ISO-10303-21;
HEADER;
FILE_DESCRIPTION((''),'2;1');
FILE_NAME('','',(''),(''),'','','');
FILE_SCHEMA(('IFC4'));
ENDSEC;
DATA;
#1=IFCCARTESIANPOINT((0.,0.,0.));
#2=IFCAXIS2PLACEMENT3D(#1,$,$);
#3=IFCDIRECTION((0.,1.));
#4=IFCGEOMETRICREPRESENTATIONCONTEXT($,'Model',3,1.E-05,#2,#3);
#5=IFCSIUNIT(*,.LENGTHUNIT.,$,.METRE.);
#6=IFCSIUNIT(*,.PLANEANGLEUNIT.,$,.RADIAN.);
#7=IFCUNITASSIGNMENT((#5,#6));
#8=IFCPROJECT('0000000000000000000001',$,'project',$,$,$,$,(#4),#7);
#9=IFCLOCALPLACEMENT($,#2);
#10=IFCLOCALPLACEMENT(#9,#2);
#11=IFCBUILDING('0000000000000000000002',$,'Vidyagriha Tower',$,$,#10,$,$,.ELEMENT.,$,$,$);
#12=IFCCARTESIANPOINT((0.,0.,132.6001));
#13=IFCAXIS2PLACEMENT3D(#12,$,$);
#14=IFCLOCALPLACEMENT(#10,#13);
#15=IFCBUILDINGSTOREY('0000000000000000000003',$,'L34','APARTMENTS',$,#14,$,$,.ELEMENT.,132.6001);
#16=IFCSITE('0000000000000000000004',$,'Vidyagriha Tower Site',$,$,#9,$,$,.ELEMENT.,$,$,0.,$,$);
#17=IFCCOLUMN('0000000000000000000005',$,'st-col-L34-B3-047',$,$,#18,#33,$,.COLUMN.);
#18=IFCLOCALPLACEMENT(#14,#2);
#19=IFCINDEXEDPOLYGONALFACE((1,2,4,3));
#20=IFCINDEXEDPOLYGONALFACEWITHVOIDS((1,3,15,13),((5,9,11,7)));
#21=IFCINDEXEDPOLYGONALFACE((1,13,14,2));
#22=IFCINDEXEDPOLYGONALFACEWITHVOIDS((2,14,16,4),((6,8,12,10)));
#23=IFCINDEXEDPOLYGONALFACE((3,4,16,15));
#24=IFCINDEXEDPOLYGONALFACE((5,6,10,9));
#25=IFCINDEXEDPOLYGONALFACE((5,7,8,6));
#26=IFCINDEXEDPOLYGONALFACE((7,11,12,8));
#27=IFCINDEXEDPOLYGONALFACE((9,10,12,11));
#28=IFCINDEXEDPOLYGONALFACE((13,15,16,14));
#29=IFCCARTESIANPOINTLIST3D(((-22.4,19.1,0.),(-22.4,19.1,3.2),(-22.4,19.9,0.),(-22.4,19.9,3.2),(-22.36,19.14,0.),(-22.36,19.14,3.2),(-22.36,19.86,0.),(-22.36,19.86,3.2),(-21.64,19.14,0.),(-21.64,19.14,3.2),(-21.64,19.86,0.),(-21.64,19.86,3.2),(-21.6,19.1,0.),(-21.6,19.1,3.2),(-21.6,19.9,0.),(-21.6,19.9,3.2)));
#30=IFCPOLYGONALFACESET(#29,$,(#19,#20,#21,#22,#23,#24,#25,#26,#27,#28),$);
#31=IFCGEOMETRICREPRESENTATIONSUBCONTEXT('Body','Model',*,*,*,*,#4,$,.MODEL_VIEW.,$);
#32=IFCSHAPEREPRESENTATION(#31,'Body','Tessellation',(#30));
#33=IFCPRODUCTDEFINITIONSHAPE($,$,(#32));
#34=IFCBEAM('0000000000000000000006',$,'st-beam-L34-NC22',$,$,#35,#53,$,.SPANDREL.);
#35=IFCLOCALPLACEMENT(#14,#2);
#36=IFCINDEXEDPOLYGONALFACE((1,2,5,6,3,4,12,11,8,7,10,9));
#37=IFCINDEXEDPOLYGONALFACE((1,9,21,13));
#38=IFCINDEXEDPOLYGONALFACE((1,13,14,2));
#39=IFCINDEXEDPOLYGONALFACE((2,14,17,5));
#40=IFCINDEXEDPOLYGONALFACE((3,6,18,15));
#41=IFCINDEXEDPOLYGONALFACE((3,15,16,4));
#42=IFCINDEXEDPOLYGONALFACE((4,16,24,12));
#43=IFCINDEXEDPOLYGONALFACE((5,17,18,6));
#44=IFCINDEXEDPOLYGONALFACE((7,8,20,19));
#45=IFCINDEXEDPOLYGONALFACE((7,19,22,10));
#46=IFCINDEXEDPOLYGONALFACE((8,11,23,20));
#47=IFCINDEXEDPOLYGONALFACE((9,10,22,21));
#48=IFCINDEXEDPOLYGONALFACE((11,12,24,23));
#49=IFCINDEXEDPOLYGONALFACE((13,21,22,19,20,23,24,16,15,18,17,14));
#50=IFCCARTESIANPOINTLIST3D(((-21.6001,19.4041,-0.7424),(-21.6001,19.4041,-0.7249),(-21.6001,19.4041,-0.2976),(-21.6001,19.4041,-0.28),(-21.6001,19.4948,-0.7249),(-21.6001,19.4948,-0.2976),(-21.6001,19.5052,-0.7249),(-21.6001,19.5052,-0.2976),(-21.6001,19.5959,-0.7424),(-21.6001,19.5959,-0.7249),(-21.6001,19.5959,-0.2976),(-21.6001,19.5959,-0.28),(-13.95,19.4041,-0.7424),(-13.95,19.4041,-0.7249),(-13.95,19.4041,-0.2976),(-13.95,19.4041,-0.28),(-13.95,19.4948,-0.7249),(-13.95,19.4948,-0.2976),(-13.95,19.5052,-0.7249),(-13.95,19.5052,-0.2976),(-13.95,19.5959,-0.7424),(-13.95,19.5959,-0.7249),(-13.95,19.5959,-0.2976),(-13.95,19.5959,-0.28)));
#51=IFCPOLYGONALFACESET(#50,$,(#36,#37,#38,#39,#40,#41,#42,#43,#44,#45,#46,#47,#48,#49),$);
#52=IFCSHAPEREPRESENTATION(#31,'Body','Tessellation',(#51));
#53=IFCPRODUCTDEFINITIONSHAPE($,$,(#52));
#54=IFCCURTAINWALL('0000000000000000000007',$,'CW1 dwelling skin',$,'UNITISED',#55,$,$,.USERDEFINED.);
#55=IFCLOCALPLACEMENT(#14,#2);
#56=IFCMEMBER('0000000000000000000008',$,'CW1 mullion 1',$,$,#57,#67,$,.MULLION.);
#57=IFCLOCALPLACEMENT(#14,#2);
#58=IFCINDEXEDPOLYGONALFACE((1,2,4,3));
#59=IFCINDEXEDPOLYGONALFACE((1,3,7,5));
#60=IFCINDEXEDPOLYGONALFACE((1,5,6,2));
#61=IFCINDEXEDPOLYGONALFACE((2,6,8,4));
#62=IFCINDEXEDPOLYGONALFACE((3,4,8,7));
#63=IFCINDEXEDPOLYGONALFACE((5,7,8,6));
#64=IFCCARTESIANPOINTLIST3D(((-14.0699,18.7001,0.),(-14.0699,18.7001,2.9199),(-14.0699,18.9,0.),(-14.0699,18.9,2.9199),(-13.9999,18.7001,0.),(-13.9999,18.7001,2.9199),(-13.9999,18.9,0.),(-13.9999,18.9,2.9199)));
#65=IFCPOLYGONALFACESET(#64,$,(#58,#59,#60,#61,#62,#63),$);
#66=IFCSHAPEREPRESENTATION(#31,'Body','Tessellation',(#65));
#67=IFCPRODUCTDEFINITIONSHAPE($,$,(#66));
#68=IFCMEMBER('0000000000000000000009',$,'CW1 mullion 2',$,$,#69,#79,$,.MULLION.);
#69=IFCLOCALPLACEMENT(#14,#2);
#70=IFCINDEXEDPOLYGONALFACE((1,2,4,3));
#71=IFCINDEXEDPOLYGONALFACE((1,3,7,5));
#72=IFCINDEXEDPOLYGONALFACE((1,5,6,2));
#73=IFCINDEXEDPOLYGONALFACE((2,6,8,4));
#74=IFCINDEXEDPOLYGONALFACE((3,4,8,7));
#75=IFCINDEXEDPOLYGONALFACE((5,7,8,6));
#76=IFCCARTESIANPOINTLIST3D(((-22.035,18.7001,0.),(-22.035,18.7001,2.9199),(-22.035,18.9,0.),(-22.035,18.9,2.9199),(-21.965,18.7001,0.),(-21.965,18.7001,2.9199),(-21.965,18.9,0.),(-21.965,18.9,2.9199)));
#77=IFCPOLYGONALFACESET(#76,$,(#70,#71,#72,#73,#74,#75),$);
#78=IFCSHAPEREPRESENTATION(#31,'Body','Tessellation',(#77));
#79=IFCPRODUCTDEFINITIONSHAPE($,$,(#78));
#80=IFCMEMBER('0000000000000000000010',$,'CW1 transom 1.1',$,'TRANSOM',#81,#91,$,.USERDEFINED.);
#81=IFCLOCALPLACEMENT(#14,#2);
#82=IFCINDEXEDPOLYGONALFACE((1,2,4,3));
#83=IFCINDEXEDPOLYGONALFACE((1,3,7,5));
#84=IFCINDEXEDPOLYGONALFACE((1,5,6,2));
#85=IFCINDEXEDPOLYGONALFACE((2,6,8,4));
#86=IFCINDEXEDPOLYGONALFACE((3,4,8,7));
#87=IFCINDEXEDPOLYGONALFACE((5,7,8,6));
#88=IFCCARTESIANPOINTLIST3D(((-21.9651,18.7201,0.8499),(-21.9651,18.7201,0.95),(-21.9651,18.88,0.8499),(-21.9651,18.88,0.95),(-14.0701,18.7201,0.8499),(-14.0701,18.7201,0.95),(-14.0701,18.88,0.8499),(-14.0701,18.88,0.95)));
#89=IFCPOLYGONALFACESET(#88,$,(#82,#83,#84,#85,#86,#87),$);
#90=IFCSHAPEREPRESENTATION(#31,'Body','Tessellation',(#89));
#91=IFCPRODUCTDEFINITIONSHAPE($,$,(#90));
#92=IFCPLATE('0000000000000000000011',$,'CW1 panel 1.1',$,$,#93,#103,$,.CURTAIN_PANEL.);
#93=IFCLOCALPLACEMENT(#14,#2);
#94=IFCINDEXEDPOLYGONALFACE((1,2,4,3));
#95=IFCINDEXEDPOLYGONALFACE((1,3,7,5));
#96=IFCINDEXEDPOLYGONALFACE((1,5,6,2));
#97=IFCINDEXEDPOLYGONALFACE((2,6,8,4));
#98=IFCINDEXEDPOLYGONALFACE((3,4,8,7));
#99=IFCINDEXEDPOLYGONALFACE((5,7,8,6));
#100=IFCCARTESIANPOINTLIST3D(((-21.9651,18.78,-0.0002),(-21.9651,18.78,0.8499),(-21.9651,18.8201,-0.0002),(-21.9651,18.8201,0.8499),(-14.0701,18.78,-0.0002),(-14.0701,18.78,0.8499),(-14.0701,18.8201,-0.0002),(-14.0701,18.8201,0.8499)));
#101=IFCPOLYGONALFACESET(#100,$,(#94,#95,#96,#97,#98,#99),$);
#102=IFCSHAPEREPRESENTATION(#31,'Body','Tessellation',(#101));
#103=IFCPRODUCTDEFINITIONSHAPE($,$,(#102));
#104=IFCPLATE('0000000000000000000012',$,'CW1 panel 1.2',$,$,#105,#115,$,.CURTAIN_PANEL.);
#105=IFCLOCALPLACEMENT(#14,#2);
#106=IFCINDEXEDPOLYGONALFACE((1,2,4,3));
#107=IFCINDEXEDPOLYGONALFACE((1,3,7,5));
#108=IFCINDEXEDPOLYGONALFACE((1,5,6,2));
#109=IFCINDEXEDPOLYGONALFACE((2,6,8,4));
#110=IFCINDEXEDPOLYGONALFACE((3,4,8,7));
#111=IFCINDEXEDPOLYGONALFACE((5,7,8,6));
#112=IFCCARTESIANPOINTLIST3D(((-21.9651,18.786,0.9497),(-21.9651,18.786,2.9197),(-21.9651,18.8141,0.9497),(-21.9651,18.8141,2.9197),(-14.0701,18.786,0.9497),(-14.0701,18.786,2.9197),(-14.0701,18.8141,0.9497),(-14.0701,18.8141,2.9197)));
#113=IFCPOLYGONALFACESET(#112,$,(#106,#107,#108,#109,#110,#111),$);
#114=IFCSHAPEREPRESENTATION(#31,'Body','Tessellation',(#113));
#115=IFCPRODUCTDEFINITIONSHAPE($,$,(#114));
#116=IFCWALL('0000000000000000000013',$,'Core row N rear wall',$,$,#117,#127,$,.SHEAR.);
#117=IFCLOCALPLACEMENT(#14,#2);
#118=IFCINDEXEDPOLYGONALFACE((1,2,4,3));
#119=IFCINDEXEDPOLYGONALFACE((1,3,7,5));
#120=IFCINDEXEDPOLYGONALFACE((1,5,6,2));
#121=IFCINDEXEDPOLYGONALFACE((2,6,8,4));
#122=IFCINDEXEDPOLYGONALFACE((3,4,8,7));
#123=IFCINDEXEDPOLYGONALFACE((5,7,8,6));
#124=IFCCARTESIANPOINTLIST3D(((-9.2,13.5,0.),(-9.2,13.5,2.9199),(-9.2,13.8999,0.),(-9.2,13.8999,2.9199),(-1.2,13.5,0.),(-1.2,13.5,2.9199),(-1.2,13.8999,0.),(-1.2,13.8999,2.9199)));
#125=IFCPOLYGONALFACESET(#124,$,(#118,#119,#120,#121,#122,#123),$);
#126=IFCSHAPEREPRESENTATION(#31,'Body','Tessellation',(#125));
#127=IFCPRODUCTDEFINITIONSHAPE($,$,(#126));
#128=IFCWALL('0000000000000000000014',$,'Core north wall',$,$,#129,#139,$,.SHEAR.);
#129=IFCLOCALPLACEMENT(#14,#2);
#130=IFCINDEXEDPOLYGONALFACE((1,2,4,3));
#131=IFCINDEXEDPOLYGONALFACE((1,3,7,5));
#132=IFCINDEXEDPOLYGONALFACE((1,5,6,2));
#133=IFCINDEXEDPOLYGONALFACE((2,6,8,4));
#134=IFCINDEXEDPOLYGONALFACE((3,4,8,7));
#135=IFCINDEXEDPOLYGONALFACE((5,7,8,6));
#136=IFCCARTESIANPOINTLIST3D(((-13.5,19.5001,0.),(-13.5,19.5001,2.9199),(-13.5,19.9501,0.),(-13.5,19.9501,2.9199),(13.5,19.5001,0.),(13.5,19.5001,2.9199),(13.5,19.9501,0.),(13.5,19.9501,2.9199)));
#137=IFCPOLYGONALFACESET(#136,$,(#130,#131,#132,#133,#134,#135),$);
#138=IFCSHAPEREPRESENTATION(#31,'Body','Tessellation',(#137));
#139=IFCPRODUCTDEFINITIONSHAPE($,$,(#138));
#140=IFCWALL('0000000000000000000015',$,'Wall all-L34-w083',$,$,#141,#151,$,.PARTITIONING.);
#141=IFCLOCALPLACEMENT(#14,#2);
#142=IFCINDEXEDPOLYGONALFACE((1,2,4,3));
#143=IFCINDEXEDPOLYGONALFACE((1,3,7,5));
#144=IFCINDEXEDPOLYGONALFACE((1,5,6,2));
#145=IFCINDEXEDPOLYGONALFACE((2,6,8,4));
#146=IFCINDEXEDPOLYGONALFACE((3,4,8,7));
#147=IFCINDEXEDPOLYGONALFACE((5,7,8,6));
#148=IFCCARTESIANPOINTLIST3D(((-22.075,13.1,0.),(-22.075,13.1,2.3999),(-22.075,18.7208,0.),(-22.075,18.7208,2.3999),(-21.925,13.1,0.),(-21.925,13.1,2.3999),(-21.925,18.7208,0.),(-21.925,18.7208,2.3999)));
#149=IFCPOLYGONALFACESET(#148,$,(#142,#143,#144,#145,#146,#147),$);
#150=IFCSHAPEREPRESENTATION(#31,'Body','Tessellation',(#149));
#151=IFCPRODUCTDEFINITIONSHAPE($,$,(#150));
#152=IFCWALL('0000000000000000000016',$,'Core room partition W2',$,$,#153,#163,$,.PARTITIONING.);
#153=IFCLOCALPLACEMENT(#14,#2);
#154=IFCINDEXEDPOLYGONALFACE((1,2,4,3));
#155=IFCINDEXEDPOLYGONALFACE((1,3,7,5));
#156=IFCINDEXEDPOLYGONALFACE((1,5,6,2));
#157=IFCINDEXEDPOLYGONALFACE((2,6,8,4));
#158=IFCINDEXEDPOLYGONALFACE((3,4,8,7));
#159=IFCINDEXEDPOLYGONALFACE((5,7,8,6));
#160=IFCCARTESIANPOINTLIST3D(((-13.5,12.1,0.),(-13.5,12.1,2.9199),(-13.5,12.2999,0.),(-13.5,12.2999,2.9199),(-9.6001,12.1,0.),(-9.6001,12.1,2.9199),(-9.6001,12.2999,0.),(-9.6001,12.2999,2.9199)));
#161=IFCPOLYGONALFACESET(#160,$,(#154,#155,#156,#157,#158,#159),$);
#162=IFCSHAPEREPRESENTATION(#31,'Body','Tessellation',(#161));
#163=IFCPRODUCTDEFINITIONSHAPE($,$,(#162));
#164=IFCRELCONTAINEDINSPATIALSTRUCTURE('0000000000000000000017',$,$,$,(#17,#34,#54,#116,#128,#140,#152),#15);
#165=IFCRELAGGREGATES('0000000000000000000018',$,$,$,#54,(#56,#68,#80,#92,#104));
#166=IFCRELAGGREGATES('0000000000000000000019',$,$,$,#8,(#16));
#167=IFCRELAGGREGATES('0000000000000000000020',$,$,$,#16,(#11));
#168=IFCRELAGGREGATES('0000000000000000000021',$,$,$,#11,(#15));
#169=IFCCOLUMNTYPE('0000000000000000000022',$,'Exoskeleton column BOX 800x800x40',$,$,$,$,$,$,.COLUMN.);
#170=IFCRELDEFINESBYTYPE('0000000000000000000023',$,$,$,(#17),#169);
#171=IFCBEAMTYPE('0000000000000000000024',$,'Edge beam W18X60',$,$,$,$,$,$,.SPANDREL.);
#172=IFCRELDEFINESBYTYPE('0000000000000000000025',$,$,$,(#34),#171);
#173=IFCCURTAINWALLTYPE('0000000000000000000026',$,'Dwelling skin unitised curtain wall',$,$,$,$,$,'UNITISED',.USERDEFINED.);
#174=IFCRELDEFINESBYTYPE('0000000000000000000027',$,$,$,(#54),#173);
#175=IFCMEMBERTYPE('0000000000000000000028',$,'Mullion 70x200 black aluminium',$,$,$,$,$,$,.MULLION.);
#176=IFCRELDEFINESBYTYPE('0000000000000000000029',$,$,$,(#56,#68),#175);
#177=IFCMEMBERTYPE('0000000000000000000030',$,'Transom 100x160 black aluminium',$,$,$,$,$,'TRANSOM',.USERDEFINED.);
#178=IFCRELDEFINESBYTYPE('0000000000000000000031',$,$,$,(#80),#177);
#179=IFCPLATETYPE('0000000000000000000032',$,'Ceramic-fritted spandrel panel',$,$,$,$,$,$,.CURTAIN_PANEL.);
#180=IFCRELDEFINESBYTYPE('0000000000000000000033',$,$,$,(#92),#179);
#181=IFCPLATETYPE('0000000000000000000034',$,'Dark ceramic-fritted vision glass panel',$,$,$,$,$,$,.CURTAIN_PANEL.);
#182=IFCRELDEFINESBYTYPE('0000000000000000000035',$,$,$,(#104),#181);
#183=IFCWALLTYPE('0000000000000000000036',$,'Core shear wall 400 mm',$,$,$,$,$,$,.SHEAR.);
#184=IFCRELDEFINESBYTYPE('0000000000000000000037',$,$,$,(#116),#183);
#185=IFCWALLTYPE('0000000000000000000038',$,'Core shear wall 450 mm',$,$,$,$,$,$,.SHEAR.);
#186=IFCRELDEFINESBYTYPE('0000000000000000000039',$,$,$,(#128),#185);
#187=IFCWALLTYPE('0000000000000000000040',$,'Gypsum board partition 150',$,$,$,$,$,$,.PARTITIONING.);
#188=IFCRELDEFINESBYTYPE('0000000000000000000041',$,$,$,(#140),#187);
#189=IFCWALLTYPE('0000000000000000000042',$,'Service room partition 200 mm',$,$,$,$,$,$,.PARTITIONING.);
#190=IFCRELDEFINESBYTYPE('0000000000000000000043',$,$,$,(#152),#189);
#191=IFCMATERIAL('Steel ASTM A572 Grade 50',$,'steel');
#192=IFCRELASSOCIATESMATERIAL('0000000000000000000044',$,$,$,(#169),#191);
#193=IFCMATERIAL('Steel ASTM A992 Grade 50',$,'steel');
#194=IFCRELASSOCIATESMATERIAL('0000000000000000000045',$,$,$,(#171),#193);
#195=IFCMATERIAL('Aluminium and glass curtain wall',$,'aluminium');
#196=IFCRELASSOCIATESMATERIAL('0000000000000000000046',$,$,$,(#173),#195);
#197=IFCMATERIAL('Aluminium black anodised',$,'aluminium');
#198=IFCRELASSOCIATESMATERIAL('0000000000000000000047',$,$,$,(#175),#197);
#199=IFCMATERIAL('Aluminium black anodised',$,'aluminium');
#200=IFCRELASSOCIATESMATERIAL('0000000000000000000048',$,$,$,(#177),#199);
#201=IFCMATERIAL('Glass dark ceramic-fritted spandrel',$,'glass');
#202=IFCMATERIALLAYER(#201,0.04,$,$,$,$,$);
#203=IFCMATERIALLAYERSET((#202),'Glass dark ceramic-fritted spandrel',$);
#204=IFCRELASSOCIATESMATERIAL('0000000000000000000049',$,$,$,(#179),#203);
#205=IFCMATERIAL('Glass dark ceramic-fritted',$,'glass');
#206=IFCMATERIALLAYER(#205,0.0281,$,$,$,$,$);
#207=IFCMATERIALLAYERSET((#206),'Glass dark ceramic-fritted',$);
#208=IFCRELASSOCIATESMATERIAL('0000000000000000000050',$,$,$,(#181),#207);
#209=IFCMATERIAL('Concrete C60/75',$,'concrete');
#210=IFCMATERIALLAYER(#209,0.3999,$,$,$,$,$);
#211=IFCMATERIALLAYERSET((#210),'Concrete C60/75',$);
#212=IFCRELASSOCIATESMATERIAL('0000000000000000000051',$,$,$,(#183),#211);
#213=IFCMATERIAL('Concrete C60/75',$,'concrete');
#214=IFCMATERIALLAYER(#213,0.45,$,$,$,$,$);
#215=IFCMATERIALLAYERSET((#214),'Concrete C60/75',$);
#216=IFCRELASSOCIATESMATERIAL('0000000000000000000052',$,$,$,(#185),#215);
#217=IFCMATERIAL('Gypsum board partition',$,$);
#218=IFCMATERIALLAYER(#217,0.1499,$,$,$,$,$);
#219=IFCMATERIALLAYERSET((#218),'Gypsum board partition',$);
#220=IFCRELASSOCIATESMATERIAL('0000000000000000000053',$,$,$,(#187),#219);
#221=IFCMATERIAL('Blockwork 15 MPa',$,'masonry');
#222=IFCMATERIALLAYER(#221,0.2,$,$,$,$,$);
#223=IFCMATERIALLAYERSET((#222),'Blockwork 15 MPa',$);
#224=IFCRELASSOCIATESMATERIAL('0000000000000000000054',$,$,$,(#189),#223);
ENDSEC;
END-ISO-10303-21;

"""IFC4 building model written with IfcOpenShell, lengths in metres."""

from ifc_helpers import new_model, si_unit, direction, frame, frame_2d, origin, origin_2d, place, context, subcontext, project, spatial, rectangle, hollow_rectangle, i_section, extrude, material, layer, layer_set, material_profile, profile_set, type_object, element, aggregate, save


model = new_model("IFC4")

# Units and contexts
model_context = context("Model", 3, precision=1e-05, world=origin(), true_north=direction((0.0, 1.0)))
body_context = subcontext(model_context, "Body", "Model", "MODEL_VIEW")
ifc_project = project(units=[si_unit("LENGTHUNIT", "METRE"), si_unit("PLANEANGLEUNIT", "RADIAN")], contexts=[model_context])

# Site, building, storey
site_placement = place(None, origin())
site = spatial("IfcSite", under=ifc_project, at=site_placement, Name="Vidyagriha Tower Site", CompositionType="ELEMENT", RefElevation=0.0)
building_placement = place(site_placement, origin())
building = spatial("IfcBuilding", under=site, at=building_placement, Name="Vidyagriha Tower", CompositionType="ELEMENT")
storey_placement = place(building_placement, frame((0.0, 0.0, 132.6001)))
storey = spatial("IfcBuildingStorey", under=building, at=storey_placement, Name="L34", Description="APARTMENTS", CompositionType="ELEMENT", Elevation=132.6001)

# Column
ifc_material_1 = material(Name="Steel ASTM A572 Grade 50", Category="steel")
ifc_material_profile_1 = material_profile(ifc_material_1, hollow_rectangle(XDim=0.8, YDim=0.8, WallThickness=0.04, at=origin_2d()), Name="BOX 800x800x40")
ifc_profile_set_1 = profile_set([ifc_material_profile_1], Name="Steel ASTM A572 Grade 50")
column_type = type_object("IfcColumnType", Name="Exoskeleton column BOX 800x800x40", PredefinedType="COLUMN", material=ifc_profile_set_1)
column_placement = place(storey_placement, frame((-22.0, 19.5, 0.0)))
element("IfcColumn", 1, at=column_placement, inside=storey, type_object=column_type, Name="st-col-L34-B3-047", PredefinedType="COLUMN", context=body_context, shape_type="SweptSolid", body=[
    extrude(hollow_rectangle(XDim=0.8, YDim=0.8, WallThickness=0.04, at=origin_2d()), origin(), (0.0, 0.0, 1.0), 3.2),
])

# Beam
ifc_material_2 = material(Name="Steel ASTM A992 Grade 50", Category="steel")
ifc_material_profile_2 = material_profile(ifc_material_2, i_section(OverallWidth=0.1919, OverallDepth=0.4624, WebThickness=0.0105, FlangeThickness=0.0176, at=origin_2d()), Name="W18X60")
ifc_profile_set_2 = profile_set([ifc_material_profile_2], Name="Steel ASTM A992 Grade 50")
beam_type = type_object("IfcBeamType", Name="Edge beam W18X60", PredefinedType="SPANDREL", material=ifc_profile_set_2)
beam_placement = place(storey_placement, frame((-21.6001, 19.5, -0.5112), z_axis=(1.0, 0.0, 0.0), x_axis=(0.0, 1.0, 0.0)))
element("IfcBeam", 2, at=beam_placement, inside=storey, type_object=beam_type, Name="st-beam-L34-NC22", PredefinedType="SPANDREL", context=body_context, shape_type="SweptSolid", body=[
    extrude(i_section(OverallWidth=0.1919, OverallDepth=0.4624, WebThickness=0.0105, FlangeThickness=0.0176, at=origin_2d()), origin(), (0.0, 0.0, 1.0), 7.6501),
])

# Curtain wall, members, plates
ifc_material_3 = material(Name="Aluminium and glass curtain wall", Category="aluminium")
curtain_wall_type = type_object("IfcCurtainWallType", Name="Dwelling skin unitised curtain wall", ElementType="UNITISED", PredefinedType="USERDEFINED", material=ifc_material_3)
curtain_wall_placement = place(storey_placement, origin())
curtain_wall = element("IfcCurtainWall", 3, at=curtain_wall_placement, inside=storey, type_object=curtain_wall_type, Name="CW1 dwelling skin", ObjectType="UNITISED", PredefinedType="USERDEFINED")
ifc_material_4 = material(Name="Aluminium black anodised", Category="aluminium")
ifc_material_profile_3 = material_profile(ifc_material_4, rectangle(XDim=0.2, YDim=0.0701, at=origin_2d()), Name="Mullion 70x200 black aluminium")
ifc_profile_set_3 = profile_set([ifc_material_profile_3], Name="Aluminium black anodised")
member_type_1 = type_object("IfcMemberType", Name="Mullion 70x200 black aluminium", PredefinedType="MULLION", material=ifc_profile_set_3)
member_1_placement = place(storey_placement, frame((-14.0349, 18.8, 0.0), z_axis=(0.0, 0.0, 1.0), x_axis=(0.0, -1.0, 0.0)))
member_1 = element("IfcMember", 4, at=member_1_placement, type_object=member_type_1, Name="CW1 mullion 1", PredefinedType="MULLION", context=body_context, shape_type="SweptSolid", body=[
    extrude(rectangle(XDim=0.2, YDim=0.0701, at=origin_2d()), origin(), (0.0, 0.0, 1.0), 2.9199),
])
member_2_placement = place(storey_placement, frame((-22.0, 18.8, 0.0), z_axis=(0.0, 0.0, 1.0), x_axis=(0.0, -1.0, 0.0)))
member_2 = element("IfcMember", 5, at=member_2_placement, type_object=member_type_1, Name="CW1 mullion 2", PredefinedType="MULLION", context=body_context, shape_type="SweptSolid", body=[
    extrude(rectangle(XDim=0.2, YDim=0.0701, at=origin_2d()), origin(), (0.0, 0.0, 1.0), 2.9199),
])
ifc_material_5 = material(Name="Aluminium black anodised", Category="aluminium")
ifc_material_profile_4 = material_profile(ifc_material_5, rectangle(XDim=0.1599, YDim=0.1001, at=origin_2d()), Name="Transom 100x160 black aluminium")
ifc_profile_set_4 = profile_set([ifc_material_profile_4], Name="Aluminium black anodised")
member_type_2 = type_object("IfcMemberType", Name="Transom 100x160 black aluminium", ElementType="TRANSOM", PredefinedType="USERDEFINED", material=ifc_profile_set_4)
member_3_placement = place(storey_placement, frame((-14.0701, 18.8, 0.8999), z_axis=(-1.0, 0.0, 0.0), x_axis=(0.0, -1.0, 0.0)))
member_3 = element("IfcMember", 6, at=member_3_placement, type_object=member_type_2, Name="CW1 transom 1.1", ObjectType="TRANSOM", PredefinedType="USERDEFINED", context=body_context, shape_type="SweptSolid", body=[
    extrude(rectangle(XDim=0.1599, YDim=0.1001, at=origin_2d()), origin(), (0.0, 0.0, 1.0), 7.895),
])
ifc_material_6 = material(Name="Glass dark ceramic-fritted spandrel", Category="glass")
ifc_layer_1 = layer(ifc_material_6, 0.04)
ifc_layer_set_1 = layer_set([ifc_layer_1], Name="Glass dark ceramic-fritted spandrel")
plate_type_1 = type_object("IfcPlateType", Name="Ceramic-fritted spandrel panel", PredefinedType="CURTAIN_PANEL", material=ifc_layer_set_1)
plate_1_placement = place(storey_placement, frame((-18.0176, 18.8, -0.0002), z_axis=(0.0, 0.0, 1.0), x_axis=(-1.0, 0.0, 0.0)))
plate_1 = element("IfcPlate", 7, at=plate_1_placement, type_object=plate_type_1, Name="CW1 panel 1.1", PredefinedType="CURTAIN_PANEL", context=body_context, shape_type="SweptSolid", body=[
    extrude(rectangle(XDim=7.895, YDim=0.04, at=origin_2d()), origin(), (0.0, 0.0, 1.0), 0.8501),
])
ifc_material_7 = material(Name="Glass dark ceramic-fritted", Category="glass")
ifc_layer_2 = layer(ifc_material_7, 0.0281)
ifc_layer_set_2 = layer_set([ifc_layer_2], Name="Glass dark ceramic-fritted")
plate_type_2 = type_object("IfcPlateType", Name="Dark ceramic-fritted vision glass panel", PredefinedType="CURTAIN_PANEL", material=ifc_layer_set_2)
plate_2_placement = place(storey_placement, frame((-18.0176, 18.8, 0.9497), z_axis=(0.0, 0.0, 1.0), x_axis=(-1.0, 0.0, 0.0)))
plate_2 = element("IfcPlate", 8, at=plate_2_placement, type_object=plate_type_2, Name="CW1 panel 1.2", PredefinedType="CURTAIN_PANEL", context=body_context, shape_type="SweptSolid", body=[
    extrude(rectangle(XDim=7.895, YDim=0.0281, at=origin_2d()), origin(), (0.0, 0.0, 1.0), 1.97),
])
aggregate(curtain_wall, [member_1, member_2, member_3, plate_1, plate_2])

# Walls
ifc_material_8 = material(Name="Concrete C60/75", Category="concrete")
ifc_layer_3 = layer(ifc_material_8, 0.3999)
ifc_layer_set_3 = layer_set([ifc_layer_3], Name="Concrete C60/75")
wall_type_1 = type_object("IfcWallType", Name="Core shear wall 400 mm", PredefinedType="SHEAR", material=ifc_layer_set_3)
wall_1_placement = place(storey_placement, frame((-9.2, 13.7, 0.0)))
element("IfcWall", 9, at=wall_1_placement, inside=storey, type_object=wall_type_1, Name="Core row N rear wall", PredefinedType="SHEAR", context=body_context, shape_type="SweptSolid", body=[
    extrude(rectangle(XDim=8.0, YDim=0.3999, at=frame_2d((4.0, 0.0))), origin(), (0.0, 0.0, 1.0), 2.9199),
])
ifc_material_9 = material(Name="Concrete C60/75", Category="concrete")
ifc_layer_4 = layer(ifc_material_9, 0.45)
ifc_layer_set_4 = layer_set([ifc_layer_4], Name="Concrete C60/75")
wall_type_2 = type_object("IfcWallType", Name="Core shear wall 450 mm", PredefinedType="SHEAR", material=ifc_layer_set_4)
wall_2_placement = place(storey_placement, frame((-13.5, 19.7251, 0.0)))
element("IfcWall", 10, at=wall_2_placement, inside=storey, type_object=wall_type_2, Name="Core north wall", PredefinedType="SHEAR", context=body_context, shape_type="SweptSolid", body=[
    extrude(rectangle(XDim=27.0, YDim=0.45, at=frame_2d((13.5, 0.0))), origin(), (0.0, 0.0, 1.0), 2.9199),
])
ifc_material_10 = material(Name="Gypsum board partition")
ifc_layer_5 = layer(ifc_material_10, 0.1499)
ifc_layer_set_5 = layer_set([ifc_layer_5], Name="Gypsum board partition")
wall_type_3 = type_object("IfcWallType", Name="Gypsum board partition 150", PredefinedType="PARTITIONING", material=ifc_layer_set_5)
wall_3_placement = place(storey_placement, frame((-22.0, 18.7209, 0.0), z_axis=(0.0, 0.0, 1.0), x_axis=(0.0, -1.0, 0.0)))
element("IfcWall", 11, at=wall_3_placement, inside=storey, type_object=wall_type_3, Name="Wall all-L34-w083", PredefinedType="PARTITIONING", context=body_context, shape_type="SweptSolid", body=[
    extrude(rectangle(XDim=5.6208, YDim=0.1499, at=frame_2d((2.8105, 0.0))), origin(), (0.0, 0.0, 1.0), 2.3999),
])
ifc_material_11 = material(Name="Blockwork 15 MPa", Category="masonry")
ifc_layer_6 = layer(ifc_material_11, 0.2)
ifc_layer_set_6 = layer_set([ifc_layer_6], Name="Blockwork 15 MPa")
wall_type_4 = type_object("IfcWallType", Name="Service room partition 200 mm", PredefinedType="PARTITIONING", material=ifc_layer_set_6)
wall_4_placement = place(storey_placement, frame((-13.5, 12.2, 0.0)))
element("IfcWall", 12, at=wall_4_placement, inside=storey, type_object=wall_type_4, Name="Core room partition W2", PredefinedType="PARTITIONING", context=body_context, shape_type="SweptSolid", body=[
    extrude(rectangle(XDim=3.8999, YDim=0.2, at=frame_2d((1.95, 0.0))), origin(), (0.0, 0.0, 1.0), 2.9199),
])

save(model, "model.ifc")
